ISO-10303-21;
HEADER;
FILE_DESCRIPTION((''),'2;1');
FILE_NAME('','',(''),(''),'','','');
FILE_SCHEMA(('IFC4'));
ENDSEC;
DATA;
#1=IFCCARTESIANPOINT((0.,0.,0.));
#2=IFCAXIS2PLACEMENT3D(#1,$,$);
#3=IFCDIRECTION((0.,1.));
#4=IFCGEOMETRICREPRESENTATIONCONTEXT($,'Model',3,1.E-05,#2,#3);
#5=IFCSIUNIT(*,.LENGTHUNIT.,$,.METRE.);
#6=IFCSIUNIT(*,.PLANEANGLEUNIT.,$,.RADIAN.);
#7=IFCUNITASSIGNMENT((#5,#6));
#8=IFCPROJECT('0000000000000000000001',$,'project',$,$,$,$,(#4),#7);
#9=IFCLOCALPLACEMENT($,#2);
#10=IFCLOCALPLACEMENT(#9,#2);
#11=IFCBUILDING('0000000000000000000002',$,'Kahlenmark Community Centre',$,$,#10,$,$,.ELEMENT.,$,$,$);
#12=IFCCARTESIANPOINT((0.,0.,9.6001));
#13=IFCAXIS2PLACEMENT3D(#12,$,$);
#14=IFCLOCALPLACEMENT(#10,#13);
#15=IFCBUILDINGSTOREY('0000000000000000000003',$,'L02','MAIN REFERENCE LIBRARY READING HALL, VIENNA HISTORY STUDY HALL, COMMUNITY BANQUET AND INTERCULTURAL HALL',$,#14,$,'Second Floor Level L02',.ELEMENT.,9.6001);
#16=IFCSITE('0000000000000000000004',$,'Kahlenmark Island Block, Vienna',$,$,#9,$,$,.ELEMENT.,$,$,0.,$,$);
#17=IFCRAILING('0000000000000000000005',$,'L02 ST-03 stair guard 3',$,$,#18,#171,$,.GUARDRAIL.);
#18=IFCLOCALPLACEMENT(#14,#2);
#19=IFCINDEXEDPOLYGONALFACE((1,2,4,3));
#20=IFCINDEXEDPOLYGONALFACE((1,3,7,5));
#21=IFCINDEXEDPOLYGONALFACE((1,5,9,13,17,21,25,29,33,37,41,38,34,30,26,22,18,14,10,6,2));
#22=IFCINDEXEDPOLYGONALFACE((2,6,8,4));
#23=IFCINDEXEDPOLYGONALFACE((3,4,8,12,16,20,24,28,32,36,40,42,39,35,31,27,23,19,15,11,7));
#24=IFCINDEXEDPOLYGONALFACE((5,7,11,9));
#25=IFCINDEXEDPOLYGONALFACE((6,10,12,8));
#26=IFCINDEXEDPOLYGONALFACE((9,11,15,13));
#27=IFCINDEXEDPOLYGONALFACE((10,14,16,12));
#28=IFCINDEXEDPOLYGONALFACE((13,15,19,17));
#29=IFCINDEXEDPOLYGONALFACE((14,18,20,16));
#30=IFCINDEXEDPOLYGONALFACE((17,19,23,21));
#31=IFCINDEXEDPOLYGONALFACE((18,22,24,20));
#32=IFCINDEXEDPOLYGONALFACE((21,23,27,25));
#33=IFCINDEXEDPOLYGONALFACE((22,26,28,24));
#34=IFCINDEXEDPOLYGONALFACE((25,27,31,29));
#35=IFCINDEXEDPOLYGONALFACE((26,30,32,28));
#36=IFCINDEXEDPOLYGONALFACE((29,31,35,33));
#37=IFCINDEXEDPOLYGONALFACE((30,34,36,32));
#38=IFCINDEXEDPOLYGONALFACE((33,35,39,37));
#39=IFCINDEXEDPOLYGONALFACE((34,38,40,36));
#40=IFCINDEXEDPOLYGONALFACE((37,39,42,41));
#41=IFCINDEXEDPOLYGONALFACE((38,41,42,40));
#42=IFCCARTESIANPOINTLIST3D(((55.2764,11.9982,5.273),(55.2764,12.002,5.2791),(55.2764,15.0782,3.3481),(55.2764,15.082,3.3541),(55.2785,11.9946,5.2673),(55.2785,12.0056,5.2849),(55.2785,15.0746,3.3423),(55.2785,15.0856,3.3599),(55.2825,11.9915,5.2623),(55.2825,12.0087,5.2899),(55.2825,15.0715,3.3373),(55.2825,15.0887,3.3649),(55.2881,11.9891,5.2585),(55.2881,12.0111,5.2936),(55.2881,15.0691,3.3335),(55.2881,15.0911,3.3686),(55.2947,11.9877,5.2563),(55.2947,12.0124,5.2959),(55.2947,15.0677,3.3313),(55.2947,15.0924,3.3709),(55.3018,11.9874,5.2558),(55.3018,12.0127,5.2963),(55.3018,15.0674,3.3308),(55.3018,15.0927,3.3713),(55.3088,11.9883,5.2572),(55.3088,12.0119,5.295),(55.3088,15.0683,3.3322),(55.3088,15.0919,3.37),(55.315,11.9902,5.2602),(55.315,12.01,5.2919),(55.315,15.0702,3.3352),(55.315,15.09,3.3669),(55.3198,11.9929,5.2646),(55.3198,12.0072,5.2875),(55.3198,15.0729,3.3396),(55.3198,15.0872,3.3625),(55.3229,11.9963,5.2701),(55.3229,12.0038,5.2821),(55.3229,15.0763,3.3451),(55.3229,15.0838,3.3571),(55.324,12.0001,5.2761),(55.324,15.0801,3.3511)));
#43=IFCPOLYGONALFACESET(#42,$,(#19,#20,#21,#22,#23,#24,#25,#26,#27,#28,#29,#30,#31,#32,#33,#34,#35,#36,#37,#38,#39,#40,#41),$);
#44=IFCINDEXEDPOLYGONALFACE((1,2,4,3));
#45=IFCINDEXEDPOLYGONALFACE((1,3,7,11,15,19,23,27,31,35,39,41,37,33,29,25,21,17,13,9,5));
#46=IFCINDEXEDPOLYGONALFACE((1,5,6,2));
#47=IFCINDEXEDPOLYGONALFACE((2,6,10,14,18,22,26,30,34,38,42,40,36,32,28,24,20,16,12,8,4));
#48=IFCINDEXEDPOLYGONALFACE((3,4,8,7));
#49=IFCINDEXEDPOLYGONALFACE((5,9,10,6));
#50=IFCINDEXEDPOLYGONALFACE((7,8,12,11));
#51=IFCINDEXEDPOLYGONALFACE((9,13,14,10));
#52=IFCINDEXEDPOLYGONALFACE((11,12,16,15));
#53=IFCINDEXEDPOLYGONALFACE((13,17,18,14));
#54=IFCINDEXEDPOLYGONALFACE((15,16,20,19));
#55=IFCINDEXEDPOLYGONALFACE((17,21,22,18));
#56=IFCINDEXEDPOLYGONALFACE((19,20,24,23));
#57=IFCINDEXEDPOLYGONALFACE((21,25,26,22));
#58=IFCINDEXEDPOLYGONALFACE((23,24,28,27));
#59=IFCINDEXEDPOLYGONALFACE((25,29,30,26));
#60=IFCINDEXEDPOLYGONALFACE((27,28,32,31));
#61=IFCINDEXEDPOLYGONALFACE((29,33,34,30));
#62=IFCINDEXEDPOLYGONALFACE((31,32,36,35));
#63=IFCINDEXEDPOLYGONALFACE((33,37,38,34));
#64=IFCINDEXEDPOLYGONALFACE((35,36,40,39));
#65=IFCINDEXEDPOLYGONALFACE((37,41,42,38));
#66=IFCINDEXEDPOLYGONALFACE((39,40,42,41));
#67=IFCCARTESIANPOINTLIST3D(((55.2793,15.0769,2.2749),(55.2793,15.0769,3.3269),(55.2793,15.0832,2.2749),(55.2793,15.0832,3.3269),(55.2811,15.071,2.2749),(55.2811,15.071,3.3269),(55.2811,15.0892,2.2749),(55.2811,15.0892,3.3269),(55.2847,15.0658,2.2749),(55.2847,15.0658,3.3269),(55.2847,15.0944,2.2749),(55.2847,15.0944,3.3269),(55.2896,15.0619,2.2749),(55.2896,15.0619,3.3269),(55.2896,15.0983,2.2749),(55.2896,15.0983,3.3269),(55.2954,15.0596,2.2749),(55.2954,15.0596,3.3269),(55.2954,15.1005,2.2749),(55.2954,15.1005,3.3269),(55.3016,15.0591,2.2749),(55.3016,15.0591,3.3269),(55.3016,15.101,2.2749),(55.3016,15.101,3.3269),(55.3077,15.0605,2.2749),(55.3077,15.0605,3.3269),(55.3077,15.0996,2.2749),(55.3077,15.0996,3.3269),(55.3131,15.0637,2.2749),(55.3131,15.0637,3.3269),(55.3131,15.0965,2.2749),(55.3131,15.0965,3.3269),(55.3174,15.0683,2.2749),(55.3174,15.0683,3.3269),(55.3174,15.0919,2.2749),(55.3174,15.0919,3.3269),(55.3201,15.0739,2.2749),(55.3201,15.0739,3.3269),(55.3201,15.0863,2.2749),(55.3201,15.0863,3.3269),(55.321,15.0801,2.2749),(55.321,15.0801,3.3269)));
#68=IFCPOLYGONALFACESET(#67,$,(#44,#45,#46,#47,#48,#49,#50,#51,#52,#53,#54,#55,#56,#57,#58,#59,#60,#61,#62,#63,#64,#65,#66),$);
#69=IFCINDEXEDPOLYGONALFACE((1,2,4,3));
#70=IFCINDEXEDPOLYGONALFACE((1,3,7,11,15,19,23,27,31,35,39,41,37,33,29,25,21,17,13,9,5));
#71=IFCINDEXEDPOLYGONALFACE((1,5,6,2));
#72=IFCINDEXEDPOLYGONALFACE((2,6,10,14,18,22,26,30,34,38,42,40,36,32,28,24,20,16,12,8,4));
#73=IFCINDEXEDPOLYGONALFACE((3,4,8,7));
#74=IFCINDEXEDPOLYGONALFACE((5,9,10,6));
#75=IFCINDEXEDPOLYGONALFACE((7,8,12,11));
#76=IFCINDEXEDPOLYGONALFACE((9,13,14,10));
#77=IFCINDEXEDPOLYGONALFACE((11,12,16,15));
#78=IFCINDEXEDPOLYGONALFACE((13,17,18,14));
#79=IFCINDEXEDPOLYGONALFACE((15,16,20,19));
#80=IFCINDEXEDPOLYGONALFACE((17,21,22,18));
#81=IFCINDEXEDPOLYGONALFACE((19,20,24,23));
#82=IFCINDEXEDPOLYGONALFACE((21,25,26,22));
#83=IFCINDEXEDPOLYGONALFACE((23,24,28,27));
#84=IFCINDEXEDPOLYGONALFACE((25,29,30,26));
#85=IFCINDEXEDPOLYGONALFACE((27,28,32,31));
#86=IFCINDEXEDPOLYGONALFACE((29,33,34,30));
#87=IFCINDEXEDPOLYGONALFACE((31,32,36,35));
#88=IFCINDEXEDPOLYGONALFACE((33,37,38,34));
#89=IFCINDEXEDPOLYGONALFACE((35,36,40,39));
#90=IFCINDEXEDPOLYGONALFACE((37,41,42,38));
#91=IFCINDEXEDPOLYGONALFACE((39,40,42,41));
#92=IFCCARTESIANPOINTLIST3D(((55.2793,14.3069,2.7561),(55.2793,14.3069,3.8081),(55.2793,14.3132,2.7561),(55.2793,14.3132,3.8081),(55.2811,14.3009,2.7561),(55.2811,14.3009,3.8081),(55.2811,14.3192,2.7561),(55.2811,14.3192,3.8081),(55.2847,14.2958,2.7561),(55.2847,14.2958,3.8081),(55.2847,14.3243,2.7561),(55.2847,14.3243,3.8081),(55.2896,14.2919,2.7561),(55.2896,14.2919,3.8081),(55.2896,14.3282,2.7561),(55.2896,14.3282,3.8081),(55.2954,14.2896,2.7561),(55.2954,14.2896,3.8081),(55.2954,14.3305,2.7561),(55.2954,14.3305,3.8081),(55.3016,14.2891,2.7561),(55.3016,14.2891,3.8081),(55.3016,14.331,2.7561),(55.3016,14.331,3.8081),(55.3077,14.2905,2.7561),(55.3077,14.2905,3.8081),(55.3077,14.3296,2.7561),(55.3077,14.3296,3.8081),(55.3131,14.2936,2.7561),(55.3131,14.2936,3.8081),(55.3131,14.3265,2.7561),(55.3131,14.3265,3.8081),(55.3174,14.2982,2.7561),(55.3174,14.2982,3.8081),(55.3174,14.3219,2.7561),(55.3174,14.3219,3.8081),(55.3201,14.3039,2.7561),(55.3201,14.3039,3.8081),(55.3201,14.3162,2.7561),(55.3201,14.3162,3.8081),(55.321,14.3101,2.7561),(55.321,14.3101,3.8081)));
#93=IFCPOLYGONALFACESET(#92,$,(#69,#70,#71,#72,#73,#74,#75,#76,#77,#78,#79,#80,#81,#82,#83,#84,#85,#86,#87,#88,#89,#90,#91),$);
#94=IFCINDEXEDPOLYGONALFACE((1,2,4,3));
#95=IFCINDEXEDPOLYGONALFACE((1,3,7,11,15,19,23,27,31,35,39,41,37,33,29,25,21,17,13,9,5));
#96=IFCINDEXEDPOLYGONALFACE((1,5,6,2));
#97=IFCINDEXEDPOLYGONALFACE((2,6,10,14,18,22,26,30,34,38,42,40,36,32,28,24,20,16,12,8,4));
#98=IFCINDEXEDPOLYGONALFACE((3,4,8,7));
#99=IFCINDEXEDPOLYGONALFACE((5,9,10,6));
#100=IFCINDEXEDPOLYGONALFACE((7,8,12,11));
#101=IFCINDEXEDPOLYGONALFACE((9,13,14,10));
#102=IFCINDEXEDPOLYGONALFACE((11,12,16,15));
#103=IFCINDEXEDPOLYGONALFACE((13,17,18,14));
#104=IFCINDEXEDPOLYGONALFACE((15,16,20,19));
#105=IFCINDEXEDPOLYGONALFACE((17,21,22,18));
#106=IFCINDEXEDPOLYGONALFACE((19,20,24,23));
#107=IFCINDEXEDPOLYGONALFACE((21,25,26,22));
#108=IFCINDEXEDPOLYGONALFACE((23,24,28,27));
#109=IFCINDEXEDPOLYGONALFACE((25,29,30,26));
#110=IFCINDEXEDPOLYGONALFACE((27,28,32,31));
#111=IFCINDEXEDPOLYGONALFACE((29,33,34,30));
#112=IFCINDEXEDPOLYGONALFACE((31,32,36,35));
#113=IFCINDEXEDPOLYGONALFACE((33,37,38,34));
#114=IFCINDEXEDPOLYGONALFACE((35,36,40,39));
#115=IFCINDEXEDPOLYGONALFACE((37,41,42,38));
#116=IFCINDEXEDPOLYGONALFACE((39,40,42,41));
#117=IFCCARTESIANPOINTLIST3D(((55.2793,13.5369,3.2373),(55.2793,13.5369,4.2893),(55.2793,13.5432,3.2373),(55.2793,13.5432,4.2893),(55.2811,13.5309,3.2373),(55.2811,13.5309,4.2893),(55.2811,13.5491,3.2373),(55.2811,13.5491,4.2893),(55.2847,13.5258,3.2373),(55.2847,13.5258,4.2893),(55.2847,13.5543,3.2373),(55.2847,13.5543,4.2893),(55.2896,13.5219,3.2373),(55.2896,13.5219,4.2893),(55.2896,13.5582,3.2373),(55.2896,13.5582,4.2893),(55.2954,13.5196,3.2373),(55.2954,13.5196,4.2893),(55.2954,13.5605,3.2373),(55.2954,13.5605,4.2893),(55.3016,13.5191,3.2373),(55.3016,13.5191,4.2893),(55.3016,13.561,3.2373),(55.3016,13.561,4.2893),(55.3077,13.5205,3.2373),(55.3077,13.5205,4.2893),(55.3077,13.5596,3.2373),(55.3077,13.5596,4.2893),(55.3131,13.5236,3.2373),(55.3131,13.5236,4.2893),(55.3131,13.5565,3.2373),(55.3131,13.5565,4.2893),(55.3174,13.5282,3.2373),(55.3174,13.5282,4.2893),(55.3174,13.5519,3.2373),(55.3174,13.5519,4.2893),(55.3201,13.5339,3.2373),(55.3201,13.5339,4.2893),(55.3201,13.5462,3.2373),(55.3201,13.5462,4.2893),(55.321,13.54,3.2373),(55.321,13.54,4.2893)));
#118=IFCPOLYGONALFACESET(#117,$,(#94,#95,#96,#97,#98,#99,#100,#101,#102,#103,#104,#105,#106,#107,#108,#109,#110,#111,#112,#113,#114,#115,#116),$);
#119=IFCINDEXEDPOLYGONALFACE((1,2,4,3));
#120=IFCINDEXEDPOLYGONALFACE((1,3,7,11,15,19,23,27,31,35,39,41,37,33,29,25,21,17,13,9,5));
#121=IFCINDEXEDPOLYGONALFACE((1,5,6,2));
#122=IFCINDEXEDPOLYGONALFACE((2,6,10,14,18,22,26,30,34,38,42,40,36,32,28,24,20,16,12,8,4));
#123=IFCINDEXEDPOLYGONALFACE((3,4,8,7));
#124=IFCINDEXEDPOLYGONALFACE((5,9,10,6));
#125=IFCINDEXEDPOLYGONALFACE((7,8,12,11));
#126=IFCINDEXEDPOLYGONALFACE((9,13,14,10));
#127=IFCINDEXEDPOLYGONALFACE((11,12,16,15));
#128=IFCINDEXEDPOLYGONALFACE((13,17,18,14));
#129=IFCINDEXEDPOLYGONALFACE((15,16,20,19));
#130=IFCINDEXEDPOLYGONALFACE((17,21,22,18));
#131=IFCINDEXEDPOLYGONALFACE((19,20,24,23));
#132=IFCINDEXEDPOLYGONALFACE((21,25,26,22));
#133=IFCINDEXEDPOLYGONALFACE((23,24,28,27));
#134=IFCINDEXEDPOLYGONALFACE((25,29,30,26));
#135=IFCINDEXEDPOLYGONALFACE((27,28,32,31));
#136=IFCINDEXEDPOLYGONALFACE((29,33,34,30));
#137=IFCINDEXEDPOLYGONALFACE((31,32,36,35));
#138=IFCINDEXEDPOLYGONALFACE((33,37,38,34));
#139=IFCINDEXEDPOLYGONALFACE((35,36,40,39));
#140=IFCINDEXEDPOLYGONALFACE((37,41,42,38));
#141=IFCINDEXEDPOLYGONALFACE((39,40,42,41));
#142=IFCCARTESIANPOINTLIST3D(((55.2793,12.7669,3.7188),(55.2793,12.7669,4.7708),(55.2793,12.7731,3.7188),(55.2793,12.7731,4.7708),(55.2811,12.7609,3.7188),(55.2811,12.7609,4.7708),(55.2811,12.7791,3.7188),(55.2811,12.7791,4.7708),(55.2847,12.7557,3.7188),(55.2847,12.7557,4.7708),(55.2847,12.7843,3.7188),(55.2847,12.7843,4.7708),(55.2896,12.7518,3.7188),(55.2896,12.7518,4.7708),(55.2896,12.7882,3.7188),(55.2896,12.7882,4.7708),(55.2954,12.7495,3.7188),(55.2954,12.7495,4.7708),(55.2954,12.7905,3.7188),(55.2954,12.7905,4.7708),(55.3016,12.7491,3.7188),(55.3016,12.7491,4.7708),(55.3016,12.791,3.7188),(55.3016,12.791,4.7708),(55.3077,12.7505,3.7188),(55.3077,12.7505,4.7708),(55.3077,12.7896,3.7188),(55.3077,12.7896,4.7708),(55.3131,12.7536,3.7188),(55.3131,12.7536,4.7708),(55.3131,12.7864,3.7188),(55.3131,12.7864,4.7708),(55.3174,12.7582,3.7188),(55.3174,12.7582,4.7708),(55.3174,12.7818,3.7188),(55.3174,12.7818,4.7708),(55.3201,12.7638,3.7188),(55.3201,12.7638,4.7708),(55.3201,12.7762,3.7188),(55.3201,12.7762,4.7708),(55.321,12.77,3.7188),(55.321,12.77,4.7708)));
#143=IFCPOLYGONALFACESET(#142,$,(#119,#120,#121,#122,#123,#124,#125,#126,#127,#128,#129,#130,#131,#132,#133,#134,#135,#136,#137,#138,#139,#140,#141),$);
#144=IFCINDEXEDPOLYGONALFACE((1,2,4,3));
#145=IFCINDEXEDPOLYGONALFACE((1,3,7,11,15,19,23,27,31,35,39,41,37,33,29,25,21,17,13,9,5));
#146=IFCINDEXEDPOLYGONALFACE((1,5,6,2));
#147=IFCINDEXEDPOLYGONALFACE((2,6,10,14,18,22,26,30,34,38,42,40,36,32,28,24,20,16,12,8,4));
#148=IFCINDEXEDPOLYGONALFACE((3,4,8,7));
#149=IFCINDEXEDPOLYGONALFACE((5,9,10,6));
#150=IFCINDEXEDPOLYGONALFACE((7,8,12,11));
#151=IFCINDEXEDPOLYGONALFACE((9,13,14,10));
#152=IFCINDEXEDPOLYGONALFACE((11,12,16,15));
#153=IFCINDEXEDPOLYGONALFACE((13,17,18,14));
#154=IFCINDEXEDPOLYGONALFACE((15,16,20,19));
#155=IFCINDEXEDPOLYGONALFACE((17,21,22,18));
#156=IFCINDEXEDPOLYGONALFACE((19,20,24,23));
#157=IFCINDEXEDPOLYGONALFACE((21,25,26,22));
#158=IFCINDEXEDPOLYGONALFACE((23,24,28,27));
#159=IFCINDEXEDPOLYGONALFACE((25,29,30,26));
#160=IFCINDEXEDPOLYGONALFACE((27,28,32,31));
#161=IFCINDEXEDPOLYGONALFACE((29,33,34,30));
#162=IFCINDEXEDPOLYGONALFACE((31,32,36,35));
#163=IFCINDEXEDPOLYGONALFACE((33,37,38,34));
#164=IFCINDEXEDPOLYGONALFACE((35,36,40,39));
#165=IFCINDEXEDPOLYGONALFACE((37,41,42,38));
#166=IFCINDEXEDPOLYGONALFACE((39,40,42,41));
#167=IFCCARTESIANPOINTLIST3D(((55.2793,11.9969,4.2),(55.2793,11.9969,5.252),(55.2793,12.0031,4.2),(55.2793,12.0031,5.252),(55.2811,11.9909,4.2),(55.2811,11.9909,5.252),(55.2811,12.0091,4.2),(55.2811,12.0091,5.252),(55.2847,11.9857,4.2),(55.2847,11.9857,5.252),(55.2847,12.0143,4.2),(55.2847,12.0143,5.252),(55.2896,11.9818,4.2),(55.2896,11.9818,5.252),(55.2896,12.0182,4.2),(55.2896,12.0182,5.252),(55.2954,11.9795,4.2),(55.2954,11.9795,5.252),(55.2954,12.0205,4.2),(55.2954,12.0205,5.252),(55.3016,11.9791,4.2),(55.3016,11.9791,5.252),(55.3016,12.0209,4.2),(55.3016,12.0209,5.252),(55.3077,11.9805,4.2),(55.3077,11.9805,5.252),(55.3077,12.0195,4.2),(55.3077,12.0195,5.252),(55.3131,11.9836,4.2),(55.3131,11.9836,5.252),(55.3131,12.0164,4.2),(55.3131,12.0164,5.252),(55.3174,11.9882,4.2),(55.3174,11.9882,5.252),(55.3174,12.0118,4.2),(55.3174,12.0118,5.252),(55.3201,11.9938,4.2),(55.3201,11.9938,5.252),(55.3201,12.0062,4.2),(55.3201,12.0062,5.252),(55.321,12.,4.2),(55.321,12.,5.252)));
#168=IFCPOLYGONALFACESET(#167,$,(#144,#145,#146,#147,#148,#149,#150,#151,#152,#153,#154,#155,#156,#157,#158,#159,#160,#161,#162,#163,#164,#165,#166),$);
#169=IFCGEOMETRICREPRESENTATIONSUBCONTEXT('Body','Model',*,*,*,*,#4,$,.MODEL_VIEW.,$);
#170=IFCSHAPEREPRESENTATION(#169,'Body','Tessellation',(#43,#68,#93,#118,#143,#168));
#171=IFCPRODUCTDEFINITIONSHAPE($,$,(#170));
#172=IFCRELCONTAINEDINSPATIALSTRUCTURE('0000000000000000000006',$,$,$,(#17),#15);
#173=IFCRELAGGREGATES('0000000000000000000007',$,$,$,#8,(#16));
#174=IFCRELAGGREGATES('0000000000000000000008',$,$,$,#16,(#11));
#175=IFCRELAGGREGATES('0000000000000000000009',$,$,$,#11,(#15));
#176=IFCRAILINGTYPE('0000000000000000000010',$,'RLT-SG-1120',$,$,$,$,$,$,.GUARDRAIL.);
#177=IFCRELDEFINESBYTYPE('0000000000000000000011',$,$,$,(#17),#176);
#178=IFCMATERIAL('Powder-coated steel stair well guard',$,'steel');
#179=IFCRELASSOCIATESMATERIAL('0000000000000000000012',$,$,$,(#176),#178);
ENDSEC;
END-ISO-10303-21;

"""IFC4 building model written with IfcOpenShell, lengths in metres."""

from ifc_helpers import new_model, si_unit, direction, frame, origin, origin_2d, place, context, subcontext, project, spatial, circle, extrude, material, type_object, element, save


model = new_model("IFC4")

# Units and contexts
model_context = context("Model", 3, precision=1e-05, world=origin(), true_north=direction((0.0, 1.0)))
body_context = subcontext(model_context, "Body", "Model", "MODEL_VIEW")
ifc_project = project(units=[si_unit("LENGTHUNIT", "METRE"), si_unit("PLANEANGLEUNIT", "RADIAN")], contexts=[model_context])

# Site, building, storey
site_placement = place(None, origin())
site = spatial("IfcSite", under=ifc_project, at=site_placement, Name="Kahlenmark Island Block, Vienna", CompositionType="ELEMENT", RefElevation=0.0)
building_placement = place(site_placement, origin())
building = spatial("IfcBuilding", under=site, at=building_placement, Name="Kahlenmark Community Centre", CompositionType="ELEMENT")
storey_placement = place(building_placement, frame((0.0, 0.0, 9.6001)))
storey = spatial("IfcBuildingStorey", under=building, at=storey_placement, Name="L02", Description="MAIN REFERENCE LIBRARY READING HALL, VIENNA HISTORY STUDY HALL, COMMUNITY BANQUET AND INTERCULTURAL HALL", LongName="Second Floor Level L02", CompositionType="ELEMENT", Elevation=9.6001)

# Railing
ifc_material_1 = material(Name="Powder-coated steel stair well guard", Category="steel")
railing_type_1 = type_object("IfcRailingType", Name="RLT-SG-1120", PredefinedType="GUARDRAIL", material=ifc_material_1)
railing_1_placement = place(storey_placement, frame((55.3, 15.0801, 2.2749)))
element("IfcRailing", 1, at=railing_1_placement, inside=storey, type_object=railing_type_1, Name="L02 ST-03 stair guard 3", PredefinedType="GUARDRAIL", context=body_context, shape_type="SweptSolid", body=[
    extrude(circle(Radius=0.0239, at=origin_2d()), frame((0.0, 0.0, 1.0762), z_axis=(0.0, -0.847998, 0.529999), x_axis=(1.0, 0.0, 0.0)), (0.0, 0.0, 1.0), 3.6321),
    extrude(circle(Radius=0.021, at=origin_2d()), origin(), (0.0, 0.0, 1.0), 1.052),
    extrude(circle(Radius=0.021, at=origin_2d()), frame((0.0, -0.77, 0.4812)), (0.0, 0.0, 1.0), 1.052),
    extrude(circle(Radius=0.021, at=origin_2d()), frame((0.0, -1.54, 0.9624)), (0.0, 0.0, 1.0), 1.052),
    extrude(circle(Radius=0.021, at=origin_2d()), frame((0.0, -2.3101, 1.4438)), (0.0, 0.0, 1.0), 1.052),
    extrude(circle(Radius=0.021, at=origin_2d()), frame((0.0, -3.0801, 1.925)), (0.0, 0.0, 1.0), 1.052),
])

save(model, "model.ifc")
